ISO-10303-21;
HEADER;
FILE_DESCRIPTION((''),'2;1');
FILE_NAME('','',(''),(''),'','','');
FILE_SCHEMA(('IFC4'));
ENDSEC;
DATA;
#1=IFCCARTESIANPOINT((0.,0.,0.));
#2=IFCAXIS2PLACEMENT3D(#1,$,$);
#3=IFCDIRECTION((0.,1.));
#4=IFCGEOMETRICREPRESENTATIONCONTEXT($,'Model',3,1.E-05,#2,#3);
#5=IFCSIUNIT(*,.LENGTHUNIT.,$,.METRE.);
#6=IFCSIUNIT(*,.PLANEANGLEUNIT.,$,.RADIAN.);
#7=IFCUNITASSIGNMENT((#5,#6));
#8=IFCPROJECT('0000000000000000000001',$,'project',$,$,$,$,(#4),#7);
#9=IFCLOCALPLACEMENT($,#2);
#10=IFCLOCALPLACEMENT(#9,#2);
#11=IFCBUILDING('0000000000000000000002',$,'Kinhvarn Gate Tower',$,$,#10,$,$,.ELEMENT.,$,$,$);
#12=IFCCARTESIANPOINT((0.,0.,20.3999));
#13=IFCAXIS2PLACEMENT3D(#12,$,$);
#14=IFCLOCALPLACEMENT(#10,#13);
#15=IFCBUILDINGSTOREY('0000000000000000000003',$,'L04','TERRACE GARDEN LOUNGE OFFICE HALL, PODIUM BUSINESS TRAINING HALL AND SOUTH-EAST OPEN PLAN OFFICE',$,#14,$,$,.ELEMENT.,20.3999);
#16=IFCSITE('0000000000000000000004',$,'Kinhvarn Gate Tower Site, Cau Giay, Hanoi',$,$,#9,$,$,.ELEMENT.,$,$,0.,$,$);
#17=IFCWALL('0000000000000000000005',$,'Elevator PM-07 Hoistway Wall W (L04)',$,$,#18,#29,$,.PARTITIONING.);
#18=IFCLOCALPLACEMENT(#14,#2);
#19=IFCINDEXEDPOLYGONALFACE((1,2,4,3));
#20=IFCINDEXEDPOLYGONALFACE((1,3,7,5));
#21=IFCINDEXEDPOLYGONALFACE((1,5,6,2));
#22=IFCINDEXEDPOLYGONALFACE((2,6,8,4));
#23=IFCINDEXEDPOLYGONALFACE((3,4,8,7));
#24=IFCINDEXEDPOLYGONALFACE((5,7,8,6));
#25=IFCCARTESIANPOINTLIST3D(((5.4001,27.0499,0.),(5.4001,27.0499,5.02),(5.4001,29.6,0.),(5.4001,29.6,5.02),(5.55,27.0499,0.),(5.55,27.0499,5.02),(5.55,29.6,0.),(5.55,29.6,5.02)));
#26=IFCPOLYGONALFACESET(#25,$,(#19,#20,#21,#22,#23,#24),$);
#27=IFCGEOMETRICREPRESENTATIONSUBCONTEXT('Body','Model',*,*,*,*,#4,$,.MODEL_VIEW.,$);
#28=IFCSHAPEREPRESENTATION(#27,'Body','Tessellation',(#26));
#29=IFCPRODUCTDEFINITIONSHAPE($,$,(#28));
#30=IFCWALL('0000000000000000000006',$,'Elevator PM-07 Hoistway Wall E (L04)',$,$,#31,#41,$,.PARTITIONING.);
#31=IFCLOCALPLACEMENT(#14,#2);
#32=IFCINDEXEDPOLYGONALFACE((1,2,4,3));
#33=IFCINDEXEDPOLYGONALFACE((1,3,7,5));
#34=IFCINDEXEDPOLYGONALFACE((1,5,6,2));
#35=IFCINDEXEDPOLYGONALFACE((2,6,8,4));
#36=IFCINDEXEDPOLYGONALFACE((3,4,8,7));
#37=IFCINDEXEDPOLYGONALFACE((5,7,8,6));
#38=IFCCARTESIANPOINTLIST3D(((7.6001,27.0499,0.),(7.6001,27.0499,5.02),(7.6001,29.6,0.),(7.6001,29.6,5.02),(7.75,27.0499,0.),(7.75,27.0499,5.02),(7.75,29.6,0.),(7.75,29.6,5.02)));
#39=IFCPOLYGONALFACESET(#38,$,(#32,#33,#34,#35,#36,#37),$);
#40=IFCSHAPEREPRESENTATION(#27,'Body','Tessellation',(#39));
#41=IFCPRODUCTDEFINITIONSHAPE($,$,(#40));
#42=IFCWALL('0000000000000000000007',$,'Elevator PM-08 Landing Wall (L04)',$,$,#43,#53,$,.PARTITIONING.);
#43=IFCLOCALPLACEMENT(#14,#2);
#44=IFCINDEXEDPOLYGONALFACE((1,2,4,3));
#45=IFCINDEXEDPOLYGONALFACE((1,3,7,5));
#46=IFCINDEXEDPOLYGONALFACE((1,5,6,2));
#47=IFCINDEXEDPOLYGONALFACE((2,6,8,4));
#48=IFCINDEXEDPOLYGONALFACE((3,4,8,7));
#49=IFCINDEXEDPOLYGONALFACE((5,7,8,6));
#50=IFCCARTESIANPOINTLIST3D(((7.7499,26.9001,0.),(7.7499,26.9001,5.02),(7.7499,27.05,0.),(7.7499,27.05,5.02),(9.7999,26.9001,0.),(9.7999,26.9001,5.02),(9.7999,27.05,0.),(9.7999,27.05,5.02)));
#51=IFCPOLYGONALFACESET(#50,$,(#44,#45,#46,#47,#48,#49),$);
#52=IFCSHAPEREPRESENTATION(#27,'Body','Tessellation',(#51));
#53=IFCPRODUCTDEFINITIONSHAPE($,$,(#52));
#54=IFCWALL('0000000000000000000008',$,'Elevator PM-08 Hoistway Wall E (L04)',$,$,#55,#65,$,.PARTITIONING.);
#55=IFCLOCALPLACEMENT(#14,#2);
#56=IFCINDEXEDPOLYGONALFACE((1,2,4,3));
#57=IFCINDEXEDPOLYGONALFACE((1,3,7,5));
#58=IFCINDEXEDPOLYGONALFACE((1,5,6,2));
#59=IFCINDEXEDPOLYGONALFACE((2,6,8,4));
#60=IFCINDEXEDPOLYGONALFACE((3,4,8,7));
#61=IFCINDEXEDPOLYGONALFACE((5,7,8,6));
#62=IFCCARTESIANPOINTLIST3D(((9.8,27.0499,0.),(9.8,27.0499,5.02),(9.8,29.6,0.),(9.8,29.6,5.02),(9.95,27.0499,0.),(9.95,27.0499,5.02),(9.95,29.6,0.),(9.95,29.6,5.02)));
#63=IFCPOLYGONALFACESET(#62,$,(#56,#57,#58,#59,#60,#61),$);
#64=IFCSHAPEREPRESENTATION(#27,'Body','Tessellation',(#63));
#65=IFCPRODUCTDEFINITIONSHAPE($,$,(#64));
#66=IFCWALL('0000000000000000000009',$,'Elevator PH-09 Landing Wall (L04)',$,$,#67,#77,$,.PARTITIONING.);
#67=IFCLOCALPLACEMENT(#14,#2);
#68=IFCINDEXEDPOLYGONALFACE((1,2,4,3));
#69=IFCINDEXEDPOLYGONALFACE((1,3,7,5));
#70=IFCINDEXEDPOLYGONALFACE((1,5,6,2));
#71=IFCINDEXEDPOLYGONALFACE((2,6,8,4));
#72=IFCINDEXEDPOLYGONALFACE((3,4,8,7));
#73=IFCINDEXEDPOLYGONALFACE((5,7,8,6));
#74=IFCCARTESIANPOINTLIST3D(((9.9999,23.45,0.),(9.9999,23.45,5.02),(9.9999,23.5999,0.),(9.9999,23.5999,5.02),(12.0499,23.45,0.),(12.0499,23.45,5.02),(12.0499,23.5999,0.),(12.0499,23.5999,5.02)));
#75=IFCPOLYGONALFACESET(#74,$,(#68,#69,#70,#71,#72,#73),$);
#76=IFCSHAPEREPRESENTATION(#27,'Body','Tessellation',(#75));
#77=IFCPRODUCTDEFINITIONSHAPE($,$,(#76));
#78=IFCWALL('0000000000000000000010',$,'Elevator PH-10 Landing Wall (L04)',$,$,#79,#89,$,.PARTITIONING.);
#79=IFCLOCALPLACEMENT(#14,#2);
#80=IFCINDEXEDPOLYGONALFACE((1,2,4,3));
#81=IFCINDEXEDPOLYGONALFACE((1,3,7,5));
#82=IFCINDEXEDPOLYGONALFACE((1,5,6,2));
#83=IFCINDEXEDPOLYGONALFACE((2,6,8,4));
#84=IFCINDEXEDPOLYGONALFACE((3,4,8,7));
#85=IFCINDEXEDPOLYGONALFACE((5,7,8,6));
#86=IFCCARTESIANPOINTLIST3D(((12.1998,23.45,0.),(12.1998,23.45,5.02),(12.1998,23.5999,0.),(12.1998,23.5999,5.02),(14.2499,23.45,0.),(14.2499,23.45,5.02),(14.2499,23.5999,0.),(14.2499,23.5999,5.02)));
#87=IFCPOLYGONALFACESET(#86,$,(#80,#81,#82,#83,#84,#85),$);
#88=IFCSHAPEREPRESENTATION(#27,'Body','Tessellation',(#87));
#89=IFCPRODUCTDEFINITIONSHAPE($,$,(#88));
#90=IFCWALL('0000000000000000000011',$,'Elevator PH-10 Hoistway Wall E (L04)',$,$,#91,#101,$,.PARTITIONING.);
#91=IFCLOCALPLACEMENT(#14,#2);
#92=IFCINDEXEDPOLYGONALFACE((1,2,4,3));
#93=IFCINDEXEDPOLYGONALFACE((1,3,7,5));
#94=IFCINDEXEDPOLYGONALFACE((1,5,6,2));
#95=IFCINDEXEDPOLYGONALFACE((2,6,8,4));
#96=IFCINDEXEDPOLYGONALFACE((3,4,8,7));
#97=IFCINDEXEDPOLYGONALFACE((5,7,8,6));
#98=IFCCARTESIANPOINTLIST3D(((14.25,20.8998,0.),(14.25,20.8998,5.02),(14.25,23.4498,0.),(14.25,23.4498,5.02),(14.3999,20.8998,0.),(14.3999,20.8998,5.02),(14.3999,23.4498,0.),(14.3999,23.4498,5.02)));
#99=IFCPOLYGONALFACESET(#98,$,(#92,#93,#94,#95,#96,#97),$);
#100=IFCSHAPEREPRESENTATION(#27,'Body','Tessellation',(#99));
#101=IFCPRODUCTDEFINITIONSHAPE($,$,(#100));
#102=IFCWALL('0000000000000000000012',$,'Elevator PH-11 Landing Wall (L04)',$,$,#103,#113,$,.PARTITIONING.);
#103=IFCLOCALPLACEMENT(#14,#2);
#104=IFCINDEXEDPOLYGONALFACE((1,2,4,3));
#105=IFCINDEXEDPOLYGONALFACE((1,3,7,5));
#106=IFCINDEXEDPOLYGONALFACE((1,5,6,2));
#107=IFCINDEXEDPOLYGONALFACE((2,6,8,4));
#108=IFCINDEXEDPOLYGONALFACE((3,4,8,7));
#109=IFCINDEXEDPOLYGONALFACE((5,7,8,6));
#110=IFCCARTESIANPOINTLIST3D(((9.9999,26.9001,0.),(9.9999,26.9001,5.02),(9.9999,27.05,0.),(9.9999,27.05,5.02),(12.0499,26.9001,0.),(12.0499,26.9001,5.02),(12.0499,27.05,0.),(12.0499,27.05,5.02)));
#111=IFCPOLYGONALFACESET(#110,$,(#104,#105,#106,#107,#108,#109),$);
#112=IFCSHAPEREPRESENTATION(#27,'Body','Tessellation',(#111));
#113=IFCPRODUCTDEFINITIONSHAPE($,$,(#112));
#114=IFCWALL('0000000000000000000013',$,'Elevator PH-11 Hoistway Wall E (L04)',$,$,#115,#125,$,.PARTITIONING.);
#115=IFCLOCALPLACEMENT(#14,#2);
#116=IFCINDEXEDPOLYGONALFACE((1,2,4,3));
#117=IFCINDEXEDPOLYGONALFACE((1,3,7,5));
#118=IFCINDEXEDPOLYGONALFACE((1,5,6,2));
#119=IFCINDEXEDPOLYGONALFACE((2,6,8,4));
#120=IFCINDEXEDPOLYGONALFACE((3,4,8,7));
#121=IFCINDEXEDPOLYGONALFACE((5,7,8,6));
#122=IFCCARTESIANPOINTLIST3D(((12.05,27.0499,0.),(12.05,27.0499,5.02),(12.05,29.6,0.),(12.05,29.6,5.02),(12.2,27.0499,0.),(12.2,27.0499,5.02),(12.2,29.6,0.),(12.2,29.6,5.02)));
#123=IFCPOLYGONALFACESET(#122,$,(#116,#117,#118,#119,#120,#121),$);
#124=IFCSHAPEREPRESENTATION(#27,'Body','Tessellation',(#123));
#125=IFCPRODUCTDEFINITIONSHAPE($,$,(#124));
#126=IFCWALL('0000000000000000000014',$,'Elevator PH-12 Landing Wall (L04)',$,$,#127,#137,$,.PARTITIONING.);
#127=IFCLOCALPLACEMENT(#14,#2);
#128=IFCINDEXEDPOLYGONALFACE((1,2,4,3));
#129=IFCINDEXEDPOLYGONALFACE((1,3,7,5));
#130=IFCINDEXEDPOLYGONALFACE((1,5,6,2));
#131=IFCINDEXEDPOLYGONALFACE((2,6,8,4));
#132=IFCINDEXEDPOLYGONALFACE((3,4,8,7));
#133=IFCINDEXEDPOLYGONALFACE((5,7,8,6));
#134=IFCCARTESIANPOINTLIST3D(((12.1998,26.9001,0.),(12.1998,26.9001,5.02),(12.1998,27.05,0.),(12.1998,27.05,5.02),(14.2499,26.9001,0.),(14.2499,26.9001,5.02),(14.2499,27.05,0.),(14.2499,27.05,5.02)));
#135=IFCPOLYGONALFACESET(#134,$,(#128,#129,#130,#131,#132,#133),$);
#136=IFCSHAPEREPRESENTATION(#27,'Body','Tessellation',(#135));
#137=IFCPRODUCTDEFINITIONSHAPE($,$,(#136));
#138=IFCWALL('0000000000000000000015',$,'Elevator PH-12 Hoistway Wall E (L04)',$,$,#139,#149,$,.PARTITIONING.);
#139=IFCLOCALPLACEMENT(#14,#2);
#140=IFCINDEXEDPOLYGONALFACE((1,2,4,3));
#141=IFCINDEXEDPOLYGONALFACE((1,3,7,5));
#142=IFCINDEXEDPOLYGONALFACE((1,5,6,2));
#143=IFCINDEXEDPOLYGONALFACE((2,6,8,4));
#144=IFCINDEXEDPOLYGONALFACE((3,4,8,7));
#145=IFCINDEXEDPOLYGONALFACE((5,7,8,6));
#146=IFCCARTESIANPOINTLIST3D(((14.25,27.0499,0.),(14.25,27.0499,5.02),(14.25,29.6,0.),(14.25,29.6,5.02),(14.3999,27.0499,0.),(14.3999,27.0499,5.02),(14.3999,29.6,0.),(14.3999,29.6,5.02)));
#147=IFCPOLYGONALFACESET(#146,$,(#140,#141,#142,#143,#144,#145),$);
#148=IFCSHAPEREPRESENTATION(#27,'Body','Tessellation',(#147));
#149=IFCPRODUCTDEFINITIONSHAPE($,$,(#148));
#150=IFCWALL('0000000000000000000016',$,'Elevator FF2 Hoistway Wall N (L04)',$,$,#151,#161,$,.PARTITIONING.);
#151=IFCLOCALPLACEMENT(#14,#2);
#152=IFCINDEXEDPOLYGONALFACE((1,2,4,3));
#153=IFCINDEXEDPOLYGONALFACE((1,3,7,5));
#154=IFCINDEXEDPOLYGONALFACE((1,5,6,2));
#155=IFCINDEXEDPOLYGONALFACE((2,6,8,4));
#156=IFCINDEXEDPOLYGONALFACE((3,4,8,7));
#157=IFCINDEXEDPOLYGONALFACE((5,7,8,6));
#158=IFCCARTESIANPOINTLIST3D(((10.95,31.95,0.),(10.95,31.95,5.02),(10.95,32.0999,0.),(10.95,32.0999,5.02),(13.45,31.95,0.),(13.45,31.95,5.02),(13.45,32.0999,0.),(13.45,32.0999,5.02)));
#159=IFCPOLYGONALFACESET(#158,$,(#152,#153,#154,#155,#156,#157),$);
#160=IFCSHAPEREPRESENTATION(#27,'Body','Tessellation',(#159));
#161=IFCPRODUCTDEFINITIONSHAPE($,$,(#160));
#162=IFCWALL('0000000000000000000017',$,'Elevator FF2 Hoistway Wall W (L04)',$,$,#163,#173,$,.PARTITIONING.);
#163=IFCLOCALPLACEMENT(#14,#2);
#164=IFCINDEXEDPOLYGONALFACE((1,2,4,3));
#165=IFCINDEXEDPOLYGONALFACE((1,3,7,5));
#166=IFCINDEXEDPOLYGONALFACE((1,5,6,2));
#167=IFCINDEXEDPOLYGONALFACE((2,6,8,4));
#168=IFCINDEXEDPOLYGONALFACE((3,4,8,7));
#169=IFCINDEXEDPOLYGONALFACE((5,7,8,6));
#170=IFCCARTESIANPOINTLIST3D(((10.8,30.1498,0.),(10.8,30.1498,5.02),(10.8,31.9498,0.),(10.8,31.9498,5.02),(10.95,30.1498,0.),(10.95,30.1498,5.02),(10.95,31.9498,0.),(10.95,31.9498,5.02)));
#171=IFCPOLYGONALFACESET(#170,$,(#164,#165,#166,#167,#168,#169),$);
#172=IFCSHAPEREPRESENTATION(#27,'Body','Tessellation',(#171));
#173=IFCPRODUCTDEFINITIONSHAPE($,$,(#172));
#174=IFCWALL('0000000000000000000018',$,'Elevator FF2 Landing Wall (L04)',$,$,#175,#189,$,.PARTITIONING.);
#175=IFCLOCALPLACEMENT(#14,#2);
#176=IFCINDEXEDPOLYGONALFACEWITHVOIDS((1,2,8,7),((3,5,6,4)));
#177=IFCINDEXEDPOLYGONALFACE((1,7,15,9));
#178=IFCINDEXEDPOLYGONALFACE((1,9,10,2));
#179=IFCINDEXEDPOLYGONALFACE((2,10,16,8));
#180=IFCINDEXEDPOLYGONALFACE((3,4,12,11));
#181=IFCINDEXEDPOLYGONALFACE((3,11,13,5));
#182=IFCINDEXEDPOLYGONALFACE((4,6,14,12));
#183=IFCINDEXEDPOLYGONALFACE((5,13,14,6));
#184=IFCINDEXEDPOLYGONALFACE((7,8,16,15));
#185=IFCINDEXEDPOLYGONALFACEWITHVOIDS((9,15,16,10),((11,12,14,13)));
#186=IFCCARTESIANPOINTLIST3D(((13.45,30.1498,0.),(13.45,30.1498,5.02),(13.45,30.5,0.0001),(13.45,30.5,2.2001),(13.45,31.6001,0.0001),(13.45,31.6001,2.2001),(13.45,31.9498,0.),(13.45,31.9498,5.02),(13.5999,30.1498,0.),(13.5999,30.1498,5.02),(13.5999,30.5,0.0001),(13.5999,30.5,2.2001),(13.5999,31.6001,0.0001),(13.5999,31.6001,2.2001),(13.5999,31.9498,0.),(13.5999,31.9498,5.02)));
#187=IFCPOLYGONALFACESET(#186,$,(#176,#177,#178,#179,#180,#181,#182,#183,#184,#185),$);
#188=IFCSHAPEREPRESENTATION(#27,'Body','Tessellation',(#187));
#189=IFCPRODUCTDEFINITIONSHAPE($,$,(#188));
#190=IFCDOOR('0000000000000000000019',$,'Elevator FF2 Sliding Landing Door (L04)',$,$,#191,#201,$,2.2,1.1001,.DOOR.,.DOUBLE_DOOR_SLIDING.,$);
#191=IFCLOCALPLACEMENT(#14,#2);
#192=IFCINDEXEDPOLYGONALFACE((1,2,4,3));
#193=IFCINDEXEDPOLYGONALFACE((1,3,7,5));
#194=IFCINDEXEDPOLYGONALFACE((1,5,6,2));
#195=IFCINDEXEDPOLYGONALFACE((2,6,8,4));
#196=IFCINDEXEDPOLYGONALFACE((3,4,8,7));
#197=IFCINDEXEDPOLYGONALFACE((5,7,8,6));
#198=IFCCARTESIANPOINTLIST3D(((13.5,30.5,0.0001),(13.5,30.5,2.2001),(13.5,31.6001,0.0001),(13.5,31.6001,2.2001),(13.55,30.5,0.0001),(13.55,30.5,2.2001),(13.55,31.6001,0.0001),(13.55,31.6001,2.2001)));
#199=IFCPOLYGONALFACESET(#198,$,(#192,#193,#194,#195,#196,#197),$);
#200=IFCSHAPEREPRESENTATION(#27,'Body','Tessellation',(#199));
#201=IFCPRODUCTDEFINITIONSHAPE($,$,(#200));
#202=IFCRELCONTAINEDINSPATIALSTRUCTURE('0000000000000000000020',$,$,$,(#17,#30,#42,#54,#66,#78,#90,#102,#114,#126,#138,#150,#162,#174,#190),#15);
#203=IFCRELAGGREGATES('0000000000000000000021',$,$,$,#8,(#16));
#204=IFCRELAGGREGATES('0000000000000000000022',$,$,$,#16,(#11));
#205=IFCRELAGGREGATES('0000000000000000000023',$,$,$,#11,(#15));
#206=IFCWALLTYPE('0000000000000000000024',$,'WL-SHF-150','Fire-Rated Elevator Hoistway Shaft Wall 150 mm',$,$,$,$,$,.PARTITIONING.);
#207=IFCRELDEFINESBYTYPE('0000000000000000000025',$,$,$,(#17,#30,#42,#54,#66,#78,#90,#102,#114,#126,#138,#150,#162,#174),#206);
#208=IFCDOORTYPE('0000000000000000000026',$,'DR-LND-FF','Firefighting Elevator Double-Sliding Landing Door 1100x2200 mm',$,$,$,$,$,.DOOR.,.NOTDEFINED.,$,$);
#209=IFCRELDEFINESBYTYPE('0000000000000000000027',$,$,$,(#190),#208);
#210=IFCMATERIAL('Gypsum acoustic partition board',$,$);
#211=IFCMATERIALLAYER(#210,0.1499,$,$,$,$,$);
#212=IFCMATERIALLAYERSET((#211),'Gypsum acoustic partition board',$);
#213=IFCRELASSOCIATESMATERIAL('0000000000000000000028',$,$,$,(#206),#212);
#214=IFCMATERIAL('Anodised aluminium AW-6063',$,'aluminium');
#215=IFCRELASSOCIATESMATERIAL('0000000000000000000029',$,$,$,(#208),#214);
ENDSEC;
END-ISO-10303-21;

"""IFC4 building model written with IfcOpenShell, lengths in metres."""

from ifc_helpers import new_model, si_unit, direction, frame, frame_2d, origin, place, context, subcontext, project, spatial, rectangle, extrude, material, layer, layer_set, type_object, element, fill, save


model = new_model("IFC4")

# Units and contexts
model_context = context("Model", 3, precision=1e-05, world=origin(), true_north=direction((0.0, 1.0)))
body_context = subcontext(model_context, "Body", "Model", "MODEL_VIEW")
ifc_project = project(units=[si_unit("LENGTHUNIT", "METRE"), si_unit("PLANEANGLEUNIT", "RADIAN")], contexts=[model_context])

# Site, building, storey
site_placement = place(None, origin())
site = spatial("IfcSite", under=ifc_project, at=site_placement, Name="Kinhvarn Gate Tower Site, Cau Giay, Hanoi", CompositionType="ELEMENT", RefElevation=0.0)
building_placement = place(site_placement, origin())
building = spatial("IfcBuilding", under=site, at=building_placement, Name="Kinhvarn Gate Tower", CompositionType="ELEMENT")
storey_placement = place(building_placement, frame((0.0, 0.0, 20.3999)))
storey = spatial("IfcBuildingStorey", under=building, at=storey_placement, Name="L04", Description="TERRACE GARDEN LOUNGE OFFICE HALL, PODIUM BUSINESS TRAINING HALL AND SOUTH-EAST OPEN PLAN OFFICE", CompositionType="ELEMENT", Elevation=20.3999)

# Walls
ifc_material_1 = material(Name="Gypsum acoustic partition board")
ifc_layer_1 = layer(ifc_material_1, 0.1499)
ifc_layer_set_1 = layer_set([ifc_layer_1], Name="Gypsum acoustic partition board")
wall_type_1 = type_object("IfcWallType", Name="WL-SHF-150", Description="Fire-Rated Elevator Hoistway Shaft Wall 150 mm", PredefinedType="PARTITIONING", material=ifc_layer_set_1)
for number, where, z_axis, x_axis, name in (
    (1, (5.4751, 27.05, 0.0), (0.0, 0.0, 1.0), (0.0, 1.0, 0.0), "Elevator PM-07 Hoistway Wall W (L04)"),
    (2, (7.675, 27.05, 0.0), (0.0, 0.0, 1.0), (0.0, 1.0, 0.0), "Elevator PM-07 Hoistway Wall E (L04)"),
):
    element("IfcWall", number, at=place(storey_placement, frame(where, z_axis=z_axis, x_axis=x_axis)), inside=storey, type_object=wall_type_1, Name=name, PredefinedType="PARTITIONING", context=body_context, shape_type="SweptSolid", body=[
        extrude(rectangle(XDim=2.55, YDim=0.1499, at=frame_2d((1.2749, 0.0))), origin(), (0.0, 0.0, 1.0), 5.02),
    ])
wall_1_placement = place(storey_placement, frame((7.75, 26.9751, 0.0), z_axis=(0.0, 0.0, 1.0), x_axis=(1.0, 0.0, 0.0)))
element("IfcWall", 3, at=wall_1_placement, inside=storey, type_object=wall_type_1, Name="Elevator PM-08 Landing Wall (L04)", PredefinedType="PARTITIONING", context=body_context, shape_type="SweptSolid", body=[
    extrude(rectangle(XDim=2.05, YDim=0.1499, at=frame_2d((1.0249, 0.0))), origin(), (0.0, 0.0, 1.0), 5.02),
])
wall_2_placement = place(storey_placement, frame((9.875, 27.05, 0.0), z_axis=(0.0, 0.0, 1.0), x_axis=(0.0, 1.0, 0.0)))
element("IfcWall", 4, at=wall_2_placement, inside=storey, type_object=wall_type_1, Name="Elevator PM-08 Hoistway Wall E (L04)", PredefinedType="PARTITIONING", context=body_context, shape_type="SweptSolid", body=[
    extrude(rectangle(XDim=2.55, YDim=0.1499, at=frame_2d((1.2749, 0.0))), origin(), (0.0, 0.0, 1.0), 5.02),
])
for number, where, z_axis, x_axis, name in (
    (5, (10.0, 23.5249, 0.0), (0.0, 0.0, 1.0), (1.0, 0.0, 0.0), "Elevator PH-09 Landing Wall (L04)"),
    (6, (12.2, 23.5249, 0.0), (0.0, 0.0, 1.0), (1.0, 0.0, 0.0), "Elevator PH-10 Landing Wall (L04)"),
):
    element("IfcWall", number, at=place(storey_placement, frame(where, z_axis=z_axis, x_axis=x_axis)), inside=storey, type_object=wall_type_1, Name=name, PredefinedType="PARTITIONING", context=body_context, shape_type="SweptSolid", body=[
        extrude(rectangle(XDim=2.05, YDim=0.1499, at=frame_2d((1.0249, 0.0))), origin(), (0.0, 0.0, 1.0), 5.02),
    ])
wall_3_placement = place(storey_placement, frame((14.325, 20.8999, 0.0), z_axis=(0.0, 0.0, 1.0), x_axis=(0.0, 1.0, 0.0)))
element("IfcWall", 7, at=wall_3_placement, inside=storey, type_object=wall_type_1, Name="Elevator PH-10 Hoistway Wall E (L04)", PredefinedType="PARTITIONING", context=body_context, shape_type="SweptSolid", body=[
    extrude(rectangle(XDim=2.55, YDim=0.1499, at=frame_2d((1.2749, 0.0))), origin(), (0.0, 0.0, 1.0), 5.02),
])
wall_4_placement = place(storey_placement, frame((10.0, 26.9751, 0.0), z_axis=(0.0, 0.0, 1.0), x_axis=(1.0, 0.0, 0.0)))
element("IfcWall", 8, at=wall_4_placement, inside=storey, type_object=wall_type_1, Name="Elevator PH-11 Landing Wall (L04)", PredefinedType="PARTITIONING", context=body_context, shape_type="SweptSolid", body=[
    extrude(rectangle(XDim=2.05, YDim=0.1499, at=frame_2d((1.0249, 0.0))), origin(), (0.0, 0.0, 1.0), 5.02),
])
wall_5_placement = place(storey_placement, frame((12.125, 27.05, 0.0), z_axis=(0.0, 0.0, 1.0), x_axis=(0.0, 1.0, 0.0)))
element("IfcWall", 9, at=wall_5_placement, inside=storey, type_object=wall_type_1, Name="Elevator PH-11 Hoistway Wall E (L04)", PredefinedType="PARTITIONING", context=body_context, shape_type="SweptSolid", body=[
    extrude(rectangle(XDim=2.55, YDim=0.1499, at=frame_2d((1.2749, 0.0))), origin(), (0.0, 0.0, 1.0), 5.02),
])
wall_6_placement = place(storey_placement, frame((12.2, 26.9751, 0.0), z_axis=(0.0, 0.0, 1.0), x_axis=(1.0, 0.0, 0.0)))
element("IfcWall", 10, at=wall_6_placement, inside=storey, type_object=wall_type_1, Name="Elevator PH-12 Landing Wall (L04)", PredefinedType="PARTITIONING", context=body_context, shape_type="SweptSolid", body=[
    extrude(rectangle(XDim=2.05, YDim=0.1499, at=frame_2d((1.0249, 0.0))), origin(), (0.0, 0.0, 1.0), 5.02),
])
wall_7_placement = place(storey_placement, frame((14.325, 27.05, 0.0), z_axis=(0.0, 0.0, 1.0), x_axis=(0.0, 1.0, 0.0)))
element("IfcWall", 11, at=wall_7_placement, inside=storey, type_object=wall_type_1, Name="Elevator PH-12 Hoistway Wall E (L04)", PredefinedType="PARTITIONING", context=body_context, shape_type="SweptSolid", body=[
    extrude(rectangle(XDim=2.55, YDim=0.1499, at=frame_2d((1.2749, 0.0))), origin(), (0.0, 0.0, 1.0), 5.02),
])
wall_8_placement = place(storey_placement, frame((10.95, 32.0249, 0.0), z_axis=(0.0, 0.0, 1.0), x_axis=(1.0, 0.0, 0.0)))
element("IfcWall", 12, at=wall_8_placement, inside=storey, type_object=wall_type_1, Name="Elevator FF2 Hoistway Wall N (L04)", PredefinedType="PARTITIONING", context=body_context, shape_type="SweptSolid", body=[
    extrude(rectangle(XDim=2.5, YDim=0.1499, at=frame_2d((1.25, 0.0))), origin(), (0.0, 0.0, 1.0), 5.02),
])
wall_9_placement = place(storey_placement, frame((10.875, 30.1499, 0.0), z_axis=(0.0, 0.0, 1.0), x_axis=(0.0, 1.0, 0.0)))
element("IfcWall", 13, at=wall_9_placement, inside=storey, type_object=wall_type_1, Name="Elevator FF2 Hoistway Wall W (L04)", PredefinedType="PARTITIONING", context=body_context, shape_type="SweptSolid", body=[
    extrude(rectangle(XDim=1.8, YDim=0.1499, at=frame_2d((0.8999, 0.0))), origin(), (0.0, 0.0, 1.0), 5.02),
])

# Wall, opening, door
wall_10_placement = place(storey_placement, frame((13.5249, 30.1499, 0.0), z_axis=(0.0, 0.0, 1.0), x_axis=(0.0, 1.0, 0.0)))
wall_10 = element("IfcWall", 14, at=wall_10_placement, inside=storey, type_object=wall_type_1, Name="Elevator FF2 Landing Wall (L04)", PredefinedType="PARTITIONING", context=body_context, shape_type="SweptSolid", body=[
    extrude(rectangle(XDim=1.8, YDim=0.1499, at=frame_2d((0.8999, 0.0))), origin(), (0.0, 0.0, 1.0), 5.02),
])
opening_placement = place(wall_10_placement, frame((0.3501, 0.0, 0.0)))
opening = element("IfcOpeningElement", 15, at=opening_placement, cuts=wall_10, PredefinedType="OPENING", context=body_context, shape_type="SweptSolid", body=[
    extrude(rectangle(XDim=1.1001, YDim=2.2, at=frame_2d((0.55, 1.1001))), frame((0.0, 0.085, 0.0), z_axis=(0.0, -1.0, 0.0), x_axis=(1.0, 0.0, 0.0)), (0.0, 0.0, 1.0), 0.1699),
])
ifc_material_2 = material(Name="Anodised aluminium AW-6063", Category="aluminium")
door_type = type_object("IfcDoorType", Name="DR-LND-FF", Description="Firefighting Elevator Double-Sliding Landing Door 1100x2200 mm", OperationType="NOTDEFINED", PredefinedType="DOOR", material=ifc_material_2)
door_placement = place(opening_placement, origin())
door = element("IfcDoor", 16, at=door_placement, inside=storey, type_object=door_type, Name="Elevator FF2 Sliding Landing Door (L04)", OperationType="DOUBLE_DOOR_SLIDING", OverallHeight=2.2, OverallWidth=1.1001, PredefinedType="DOOR", context=body_context, shape_type="SweptSolid", body=[
    extrude(rectangle(XDim=1.1001, YDim=2.2, at=frame_2d((0.55, 1.1001))), frame((0.0, 0.0249, 0.0), z_axis=(0.0, -1.0, 0.0), x_axis=(1.0, 0.0, 0.0)), (0.0, 0.0, 1.0), 0.05),
])
fill(opening, door)

save(model, "model.ifc")
